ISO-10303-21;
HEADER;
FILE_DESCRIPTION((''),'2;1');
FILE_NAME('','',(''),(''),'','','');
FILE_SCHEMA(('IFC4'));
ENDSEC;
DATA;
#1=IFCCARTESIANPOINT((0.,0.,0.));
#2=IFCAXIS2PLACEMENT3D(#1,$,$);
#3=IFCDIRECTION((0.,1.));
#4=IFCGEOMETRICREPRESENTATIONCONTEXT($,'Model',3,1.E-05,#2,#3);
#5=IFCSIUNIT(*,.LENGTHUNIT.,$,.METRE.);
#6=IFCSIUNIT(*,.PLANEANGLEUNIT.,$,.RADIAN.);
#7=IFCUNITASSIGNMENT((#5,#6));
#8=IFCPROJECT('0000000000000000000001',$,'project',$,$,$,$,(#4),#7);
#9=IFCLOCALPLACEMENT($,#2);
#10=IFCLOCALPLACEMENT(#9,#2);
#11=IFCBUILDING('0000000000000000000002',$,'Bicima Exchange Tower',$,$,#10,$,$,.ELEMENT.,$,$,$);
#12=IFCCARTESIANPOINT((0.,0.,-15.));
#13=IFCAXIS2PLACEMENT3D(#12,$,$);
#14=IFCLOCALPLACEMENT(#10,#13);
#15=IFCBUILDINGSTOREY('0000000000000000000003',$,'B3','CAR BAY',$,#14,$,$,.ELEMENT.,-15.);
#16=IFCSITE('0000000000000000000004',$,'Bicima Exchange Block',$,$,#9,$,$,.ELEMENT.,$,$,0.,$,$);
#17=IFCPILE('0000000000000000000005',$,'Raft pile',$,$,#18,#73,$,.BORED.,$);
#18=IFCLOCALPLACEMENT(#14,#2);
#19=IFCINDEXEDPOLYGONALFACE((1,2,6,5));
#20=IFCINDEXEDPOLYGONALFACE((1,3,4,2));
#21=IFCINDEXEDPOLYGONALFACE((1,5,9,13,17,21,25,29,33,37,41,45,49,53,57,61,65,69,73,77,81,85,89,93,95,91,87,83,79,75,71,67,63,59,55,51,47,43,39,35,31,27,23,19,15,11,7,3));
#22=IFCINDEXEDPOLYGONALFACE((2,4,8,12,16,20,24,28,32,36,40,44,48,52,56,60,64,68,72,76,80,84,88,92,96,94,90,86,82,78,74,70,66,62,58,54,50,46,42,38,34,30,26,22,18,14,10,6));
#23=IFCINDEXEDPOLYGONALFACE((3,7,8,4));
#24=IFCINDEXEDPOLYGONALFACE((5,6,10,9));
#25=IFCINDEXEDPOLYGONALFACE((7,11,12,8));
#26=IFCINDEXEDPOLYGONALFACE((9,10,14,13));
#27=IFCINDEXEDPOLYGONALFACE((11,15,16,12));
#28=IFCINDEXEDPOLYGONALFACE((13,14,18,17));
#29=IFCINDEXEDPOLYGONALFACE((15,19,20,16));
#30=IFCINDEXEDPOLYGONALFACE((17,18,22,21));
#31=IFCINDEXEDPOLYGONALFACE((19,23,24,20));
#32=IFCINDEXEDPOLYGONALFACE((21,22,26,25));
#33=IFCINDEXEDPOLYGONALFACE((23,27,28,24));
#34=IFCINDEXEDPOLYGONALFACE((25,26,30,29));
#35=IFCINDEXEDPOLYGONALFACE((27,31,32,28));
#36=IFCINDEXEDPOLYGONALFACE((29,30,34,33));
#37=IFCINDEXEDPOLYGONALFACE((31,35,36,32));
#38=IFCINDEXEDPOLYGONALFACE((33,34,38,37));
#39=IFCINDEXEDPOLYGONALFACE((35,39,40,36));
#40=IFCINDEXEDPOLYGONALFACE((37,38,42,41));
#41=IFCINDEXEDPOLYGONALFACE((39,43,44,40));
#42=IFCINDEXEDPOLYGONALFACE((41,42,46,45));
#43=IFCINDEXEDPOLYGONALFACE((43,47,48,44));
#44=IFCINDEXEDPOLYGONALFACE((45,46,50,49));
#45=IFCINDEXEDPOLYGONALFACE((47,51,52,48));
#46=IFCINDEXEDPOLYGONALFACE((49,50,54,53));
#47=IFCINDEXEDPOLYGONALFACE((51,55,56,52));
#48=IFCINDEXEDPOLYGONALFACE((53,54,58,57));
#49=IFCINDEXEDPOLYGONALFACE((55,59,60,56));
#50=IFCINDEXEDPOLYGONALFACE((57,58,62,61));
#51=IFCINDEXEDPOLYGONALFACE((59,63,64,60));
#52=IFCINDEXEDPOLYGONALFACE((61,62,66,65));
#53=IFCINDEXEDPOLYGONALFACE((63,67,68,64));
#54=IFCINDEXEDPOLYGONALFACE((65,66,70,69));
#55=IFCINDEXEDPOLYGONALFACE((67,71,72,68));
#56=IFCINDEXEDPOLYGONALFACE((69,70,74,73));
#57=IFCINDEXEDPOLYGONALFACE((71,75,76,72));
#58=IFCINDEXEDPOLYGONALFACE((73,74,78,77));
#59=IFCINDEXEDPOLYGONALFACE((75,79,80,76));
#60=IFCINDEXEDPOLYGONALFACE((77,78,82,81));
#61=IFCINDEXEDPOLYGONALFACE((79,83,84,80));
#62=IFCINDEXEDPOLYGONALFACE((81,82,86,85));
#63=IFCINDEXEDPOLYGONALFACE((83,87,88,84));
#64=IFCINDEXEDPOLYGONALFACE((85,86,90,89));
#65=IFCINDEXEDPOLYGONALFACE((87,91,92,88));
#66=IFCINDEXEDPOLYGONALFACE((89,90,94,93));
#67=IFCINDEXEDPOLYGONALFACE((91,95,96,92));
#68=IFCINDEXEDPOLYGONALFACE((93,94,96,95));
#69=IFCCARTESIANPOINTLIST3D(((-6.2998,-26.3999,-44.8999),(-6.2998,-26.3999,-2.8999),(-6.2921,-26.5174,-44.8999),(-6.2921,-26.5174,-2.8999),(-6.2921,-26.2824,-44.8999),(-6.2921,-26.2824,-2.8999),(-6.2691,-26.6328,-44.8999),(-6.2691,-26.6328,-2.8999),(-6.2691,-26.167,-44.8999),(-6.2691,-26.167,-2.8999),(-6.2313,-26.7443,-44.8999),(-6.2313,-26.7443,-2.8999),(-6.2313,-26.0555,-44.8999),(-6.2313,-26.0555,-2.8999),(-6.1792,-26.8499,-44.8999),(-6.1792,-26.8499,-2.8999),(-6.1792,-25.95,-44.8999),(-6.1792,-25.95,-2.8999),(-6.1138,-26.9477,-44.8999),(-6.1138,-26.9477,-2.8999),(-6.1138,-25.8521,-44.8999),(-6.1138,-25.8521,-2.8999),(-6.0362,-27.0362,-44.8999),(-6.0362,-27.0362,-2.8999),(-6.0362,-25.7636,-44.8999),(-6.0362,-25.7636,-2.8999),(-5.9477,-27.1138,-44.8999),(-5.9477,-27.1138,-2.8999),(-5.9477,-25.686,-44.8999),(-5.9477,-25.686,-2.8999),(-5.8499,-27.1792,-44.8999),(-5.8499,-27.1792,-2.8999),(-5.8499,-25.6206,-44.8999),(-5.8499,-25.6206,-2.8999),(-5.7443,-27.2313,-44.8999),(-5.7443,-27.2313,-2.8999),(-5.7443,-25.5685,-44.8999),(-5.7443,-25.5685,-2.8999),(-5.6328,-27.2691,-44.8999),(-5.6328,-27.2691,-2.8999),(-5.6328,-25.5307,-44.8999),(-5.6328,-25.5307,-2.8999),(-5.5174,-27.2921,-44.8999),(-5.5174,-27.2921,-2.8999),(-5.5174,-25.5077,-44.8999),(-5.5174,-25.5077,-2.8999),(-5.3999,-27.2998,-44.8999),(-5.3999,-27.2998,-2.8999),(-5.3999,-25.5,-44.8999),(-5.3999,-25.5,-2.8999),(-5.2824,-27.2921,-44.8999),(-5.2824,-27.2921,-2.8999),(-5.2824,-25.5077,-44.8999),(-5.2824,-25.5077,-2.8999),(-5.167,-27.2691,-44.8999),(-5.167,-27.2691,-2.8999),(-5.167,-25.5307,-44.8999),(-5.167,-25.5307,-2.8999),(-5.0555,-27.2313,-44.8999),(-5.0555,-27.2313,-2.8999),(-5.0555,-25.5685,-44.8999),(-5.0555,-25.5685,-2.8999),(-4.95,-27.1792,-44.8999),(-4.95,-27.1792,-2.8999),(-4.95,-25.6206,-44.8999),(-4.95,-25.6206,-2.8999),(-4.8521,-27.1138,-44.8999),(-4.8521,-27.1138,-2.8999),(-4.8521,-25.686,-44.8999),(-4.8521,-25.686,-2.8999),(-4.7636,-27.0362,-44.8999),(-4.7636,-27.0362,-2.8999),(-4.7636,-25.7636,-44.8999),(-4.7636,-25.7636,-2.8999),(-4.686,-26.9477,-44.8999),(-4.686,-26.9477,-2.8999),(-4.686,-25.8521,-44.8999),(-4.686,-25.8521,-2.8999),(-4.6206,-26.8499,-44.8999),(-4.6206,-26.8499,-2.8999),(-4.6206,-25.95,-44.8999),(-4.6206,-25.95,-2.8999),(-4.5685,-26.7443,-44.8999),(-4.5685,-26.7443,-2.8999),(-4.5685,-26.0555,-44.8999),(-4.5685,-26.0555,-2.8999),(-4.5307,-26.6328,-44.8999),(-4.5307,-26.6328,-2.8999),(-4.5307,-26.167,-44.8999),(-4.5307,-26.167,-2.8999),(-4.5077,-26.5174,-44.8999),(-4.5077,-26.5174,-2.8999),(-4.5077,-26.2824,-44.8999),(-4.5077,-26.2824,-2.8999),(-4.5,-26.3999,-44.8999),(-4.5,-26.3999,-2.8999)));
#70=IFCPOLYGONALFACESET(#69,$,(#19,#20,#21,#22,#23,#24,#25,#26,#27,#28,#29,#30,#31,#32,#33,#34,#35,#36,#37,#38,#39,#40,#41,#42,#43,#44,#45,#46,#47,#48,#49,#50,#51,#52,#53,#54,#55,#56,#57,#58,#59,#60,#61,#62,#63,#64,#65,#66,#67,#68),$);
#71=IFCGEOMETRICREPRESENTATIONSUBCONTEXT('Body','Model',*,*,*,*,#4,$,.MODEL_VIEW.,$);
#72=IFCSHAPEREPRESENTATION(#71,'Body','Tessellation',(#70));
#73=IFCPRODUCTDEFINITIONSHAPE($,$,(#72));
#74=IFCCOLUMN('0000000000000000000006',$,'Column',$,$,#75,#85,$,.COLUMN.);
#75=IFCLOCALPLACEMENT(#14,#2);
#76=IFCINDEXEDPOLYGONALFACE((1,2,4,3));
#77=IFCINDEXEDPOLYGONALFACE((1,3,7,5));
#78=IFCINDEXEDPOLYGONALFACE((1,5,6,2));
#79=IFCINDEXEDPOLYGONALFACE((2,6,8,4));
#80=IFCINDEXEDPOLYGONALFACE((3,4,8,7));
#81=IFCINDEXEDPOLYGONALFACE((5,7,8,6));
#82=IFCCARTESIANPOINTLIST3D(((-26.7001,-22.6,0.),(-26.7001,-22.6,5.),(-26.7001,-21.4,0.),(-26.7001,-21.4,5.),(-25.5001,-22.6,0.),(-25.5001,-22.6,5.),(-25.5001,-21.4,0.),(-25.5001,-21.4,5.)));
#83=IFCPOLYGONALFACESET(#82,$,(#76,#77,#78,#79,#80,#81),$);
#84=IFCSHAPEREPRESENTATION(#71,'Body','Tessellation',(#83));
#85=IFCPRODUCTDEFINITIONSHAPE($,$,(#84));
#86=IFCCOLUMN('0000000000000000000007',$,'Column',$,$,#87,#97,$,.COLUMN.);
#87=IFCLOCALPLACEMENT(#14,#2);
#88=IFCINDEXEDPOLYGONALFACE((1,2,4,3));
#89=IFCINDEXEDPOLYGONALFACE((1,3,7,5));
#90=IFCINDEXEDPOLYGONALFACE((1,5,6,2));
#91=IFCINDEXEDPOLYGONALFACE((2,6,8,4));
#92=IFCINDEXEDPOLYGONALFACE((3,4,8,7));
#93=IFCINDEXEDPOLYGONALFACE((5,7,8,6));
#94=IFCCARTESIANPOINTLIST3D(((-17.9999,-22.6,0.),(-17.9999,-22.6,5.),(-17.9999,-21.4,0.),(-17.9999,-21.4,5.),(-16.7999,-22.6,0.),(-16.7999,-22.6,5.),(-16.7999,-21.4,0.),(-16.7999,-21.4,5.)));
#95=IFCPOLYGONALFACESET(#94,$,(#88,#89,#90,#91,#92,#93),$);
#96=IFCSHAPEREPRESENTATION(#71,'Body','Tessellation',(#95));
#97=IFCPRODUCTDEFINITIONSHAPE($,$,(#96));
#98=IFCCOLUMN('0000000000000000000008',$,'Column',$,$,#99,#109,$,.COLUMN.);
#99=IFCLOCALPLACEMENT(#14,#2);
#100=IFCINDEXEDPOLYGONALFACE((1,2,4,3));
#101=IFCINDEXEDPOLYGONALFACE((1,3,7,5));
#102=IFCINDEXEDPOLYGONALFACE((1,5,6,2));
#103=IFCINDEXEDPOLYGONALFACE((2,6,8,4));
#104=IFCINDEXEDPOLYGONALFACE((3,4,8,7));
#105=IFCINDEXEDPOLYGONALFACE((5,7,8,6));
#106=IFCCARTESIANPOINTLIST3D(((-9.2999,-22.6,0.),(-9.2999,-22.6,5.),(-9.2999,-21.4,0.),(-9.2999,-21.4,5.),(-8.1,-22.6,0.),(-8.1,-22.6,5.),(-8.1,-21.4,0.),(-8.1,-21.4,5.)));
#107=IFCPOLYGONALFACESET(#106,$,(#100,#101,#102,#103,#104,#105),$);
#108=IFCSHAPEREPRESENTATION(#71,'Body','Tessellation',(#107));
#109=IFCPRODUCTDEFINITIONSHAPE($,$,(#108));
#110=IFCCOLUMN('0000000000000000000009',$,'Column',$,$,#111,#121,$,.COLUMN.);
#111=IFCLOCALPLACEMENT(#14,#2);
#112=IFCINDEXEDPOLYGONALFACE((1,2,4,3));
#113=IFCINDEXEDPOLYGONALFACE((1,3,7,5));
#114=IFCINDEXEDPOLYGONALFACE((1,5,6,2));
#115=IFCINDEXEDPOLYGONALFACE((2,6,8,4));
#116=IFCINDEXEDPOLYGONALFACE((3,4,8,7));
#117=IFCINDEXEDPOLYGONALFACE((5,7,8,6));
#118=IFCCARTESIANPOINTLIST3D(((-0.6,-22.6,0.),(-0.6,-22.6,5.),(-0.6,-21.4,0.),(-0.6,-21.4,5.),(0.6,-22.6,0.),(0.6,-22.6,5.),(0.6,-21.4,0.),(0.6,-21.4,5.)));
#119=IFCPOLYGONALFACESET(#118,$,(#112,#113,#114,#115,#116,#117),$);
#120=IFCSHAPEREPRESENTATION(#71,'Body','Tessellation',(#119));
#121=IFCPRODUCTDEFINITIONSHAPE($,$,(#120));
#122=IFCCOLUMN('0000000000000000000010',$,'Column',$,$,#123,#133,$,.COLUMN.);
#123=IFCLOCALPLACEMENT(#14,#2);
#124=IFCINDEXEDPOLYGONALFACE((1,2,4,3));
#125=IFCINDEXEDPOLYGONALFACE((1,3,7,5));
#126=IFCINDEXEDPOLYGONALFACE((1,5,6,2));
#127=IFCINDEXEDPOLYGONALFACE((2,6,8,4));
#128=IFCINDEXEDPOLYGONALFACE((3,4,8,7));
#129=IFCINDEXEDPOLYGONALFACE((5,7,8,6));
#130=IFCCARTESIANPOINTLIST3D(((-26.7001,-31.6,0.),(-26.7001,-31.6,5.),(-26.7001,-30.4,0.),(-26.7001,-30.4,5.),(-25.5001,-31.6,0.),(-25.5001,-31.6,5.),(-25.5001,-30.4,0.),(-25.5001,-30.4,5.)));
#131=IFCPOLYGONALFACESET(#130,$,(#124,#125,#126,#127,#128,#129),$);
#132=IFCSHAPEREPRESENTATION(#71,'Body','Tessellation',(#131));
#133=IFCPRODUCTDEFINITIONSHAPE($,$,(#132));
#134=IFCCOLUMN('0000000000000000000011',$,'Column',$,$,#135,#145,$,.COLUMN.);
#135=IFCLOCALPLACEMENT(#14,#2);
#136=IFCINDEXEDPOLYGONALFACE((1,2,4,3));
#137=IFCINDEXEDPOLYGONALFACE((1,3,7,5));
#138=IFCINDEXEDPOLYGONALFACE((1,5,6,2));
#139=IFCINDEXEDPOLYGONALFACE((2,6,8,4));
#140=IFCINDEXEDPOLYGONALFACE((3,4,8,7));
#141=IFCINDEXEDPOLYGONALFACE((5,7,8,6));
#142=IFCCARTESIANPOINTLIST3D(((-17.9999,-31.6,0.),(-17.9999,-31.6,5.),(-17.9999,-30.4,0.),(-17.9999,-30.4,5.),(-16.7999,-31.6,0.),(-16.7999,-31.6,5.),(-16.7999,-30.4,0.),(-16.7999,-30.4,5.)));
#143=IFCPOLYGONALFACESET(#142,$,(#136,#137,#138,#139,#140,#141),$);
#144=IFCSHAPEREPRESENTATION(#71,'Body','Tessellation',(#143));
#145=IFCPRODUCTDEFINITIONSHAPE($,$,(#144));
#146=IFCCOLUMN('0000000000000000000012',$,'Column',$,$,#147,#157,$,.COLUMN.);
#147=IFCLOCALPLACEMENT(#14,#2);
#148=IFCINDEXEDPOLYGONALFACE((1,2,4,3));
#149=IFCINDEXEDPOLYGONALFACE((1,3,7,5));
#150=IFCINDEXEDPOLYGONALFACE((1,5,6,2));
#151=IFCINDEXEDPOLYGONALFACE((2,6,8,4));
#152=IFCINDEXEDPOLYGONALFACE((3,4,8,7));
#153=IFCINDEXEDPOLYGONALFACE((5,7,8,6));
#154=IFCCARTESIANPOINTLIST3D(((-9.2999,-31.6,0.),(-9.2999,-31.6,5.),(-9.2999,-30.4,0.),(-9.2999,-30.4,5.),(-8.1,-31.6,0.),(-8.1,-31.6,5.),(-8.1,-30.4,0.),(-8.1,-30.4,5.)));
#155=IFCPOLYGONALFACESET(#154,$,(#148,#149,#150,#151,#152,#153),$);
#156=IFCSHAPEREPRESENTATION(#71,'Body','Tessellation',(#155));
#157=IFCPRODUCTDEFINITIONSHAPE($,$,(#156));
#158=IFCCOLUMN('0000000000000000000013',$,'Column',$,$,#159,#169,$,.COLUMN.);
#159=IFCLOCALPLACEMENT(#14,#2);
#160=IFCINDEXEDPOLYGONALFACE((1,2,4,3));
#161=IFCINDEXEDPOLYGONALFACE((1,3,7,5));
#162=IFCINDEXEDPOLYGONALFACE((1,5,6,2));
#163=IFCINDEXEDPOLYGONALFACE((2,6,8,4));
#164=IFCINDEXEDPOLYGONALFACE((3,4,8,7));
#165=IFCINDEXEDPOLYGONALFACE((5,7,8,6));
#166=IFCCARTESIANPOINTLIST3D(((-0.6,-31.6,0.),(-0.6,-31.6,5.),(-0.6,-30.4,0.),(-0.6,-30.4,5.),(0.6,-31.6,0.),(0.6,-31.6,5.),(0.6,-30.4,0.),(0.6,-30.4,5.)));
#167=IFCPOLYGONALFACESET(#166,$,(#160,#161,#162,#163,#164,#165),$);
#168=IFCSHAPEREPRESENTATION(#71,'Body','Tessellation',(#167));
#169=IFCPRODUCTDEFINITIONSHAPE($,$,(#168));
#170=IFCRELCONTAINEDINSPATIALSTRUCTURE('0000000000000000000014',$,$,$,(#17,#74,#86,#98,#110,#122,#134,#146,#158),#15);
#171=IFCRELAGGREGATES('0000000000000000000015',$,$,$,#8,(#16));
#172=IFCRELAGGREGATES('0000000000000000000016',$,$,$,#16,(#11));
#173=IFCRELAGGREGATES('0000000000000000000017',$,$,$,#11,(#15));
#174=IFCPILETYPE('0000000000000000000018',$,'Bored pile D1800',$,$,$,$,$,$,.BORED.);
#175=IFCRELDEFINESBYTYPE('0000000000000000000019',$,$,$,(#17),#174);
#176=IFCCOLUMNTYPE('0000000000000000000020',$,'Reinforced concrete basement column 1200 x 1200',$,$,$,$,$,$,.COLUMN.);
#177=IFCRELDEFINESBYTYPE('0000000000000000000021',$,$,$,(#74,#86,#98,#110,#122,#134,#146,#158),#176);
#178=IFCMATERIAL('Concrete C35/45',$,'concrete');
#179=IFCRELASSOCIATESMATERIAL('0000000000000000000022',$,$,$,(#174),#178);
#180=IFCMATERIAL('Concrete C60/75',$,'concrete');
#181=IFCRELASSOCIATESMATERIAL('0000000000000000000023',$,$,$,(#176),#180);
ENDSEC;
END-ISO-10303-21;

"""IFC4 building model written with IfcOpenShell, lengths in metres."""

from ifc_helpers import new_model, si_unit, direction, frame, origin, origin_2d, place, context, subcontext, project, spatial, rectangle, circle, extrude, material, material_profile, profile_set, type_object, element, save


model = new_model("IFC4")

# Units and contexts
model_context = context("Model", 3, precision=1e-05, world=origin(), true_north=direction((0.0, 1.0)))
body_context = subcontext(model_context, "Body", "Model", "MODEL_VIEW")
ifc_project = project(units=[si_unit("LENGTHUNIT", "METRE"), si_unit("PLANEANGLEUNIT", "RADIAN")], contexts=[model_context])

# Site, building, storey
site_placement = place(None, origin())
site = spatial("IfcSite", under=ifc_project, at=site_placement, Name="Bicima Exchange Block", CompositionType="ELEMENT", RefElevation=0.0)
building_placement = place(site_placement, origin())
building = spatial("IfcBuilding", under=site, at=building_placement, Name="Bicima Exchange Tower", CompositionType="ELEMENT")
storey_placement = place(building_placement, frame((0.0, 0.0, -15.0)))
storey = spatial("IfcBuildingStorey", under=building, at=storey_placement, Name="B3", Description="CAR BAY", CompositionType="ELEMENT", Elevation=-15.0)

# Pile
ifc_material_1 = material(Name="Concrete C35/45", Category="concrete")
ifc_material_profile_1 = material_profile(ifc_material_1, circle(Radius=0.8999, at=origin_2d()))
ifc_profile_set_1 = profile_set([ifc_material_profile_1], Name="Concrete C35/45")
pile_type = type_object("IfcPileType", Name="Bored pile D1800", PredefinedType="BORED", material=ifc_profile_set_1)
for number, where, z_axis, x_axis, name in (
    (1, (-5.3999, -26.3999, -2.8999), (0.0, 0.0, -1.0), (1.0, 0.0, 0.0), "Raft pile"),
):
    element("IfcPile", number, at=place(storey_placement, frame(where, z_axis=z_axis, x_axis=x_axis)), inside=storey, type_object=pile_type, Name=name, PredefinedType="BORED", context=body_context, shape_type="SweptSolid", body=[
        extrude(circle(Radius=0.8999, at=origin_2d()), origin(), (0.0, 0.0, 1.0), 42.0),
    ])

# Columns
ifc_material_2 = material(Name="Concrete C60/75", Category="concrete")
ifc_material_profile_2 = material_profile(ifc_material_2, rectangle(XDim=1.2, YDim=1.2, at=origin_2d()))
ifc_profile_set_2 = profile_set([ifc_material_profile_2], Name="Concrete C60/75")
column_type = type_object("IfcColumnType", Name="Reinforced concrete basement column 1200 x 1200", PredefinedType="COLUMN", material=ifc_profile_set_2)
for number, where, z_axis, x_axis, name in (
    (2, (-26.1001, -22.0, 0.0), (0.0, 0.0, 1.0), (1.0, 0.0, 0.0), "Column"),
    (3, (-17.3999, -22.0, 0.0), (0.0, 0.0, 1.0), (1.0, 0.0, 0.0), "Column"),
    (4, (-8.7, -22.0, 0.0), (0.0, 0.0, 1.0), (1.0, 0.0, 0.0), "Column"),
    (5, (0.0, -22.0, 0.0), (0.0, 0.0, 1.0), (1.0, 0.0, 0.0), "Column"),
    (6, (-26.1001, -31.0, 0.0), (0.0, 0.0, 1.0), (1.0, 0.0, 0.0), "Column"),
    (7, (-17.3999, -31.0, 0.0), (0.0, 0.0, 1.0), (1.0, 0.0, 0.0), "Column"),
    (8, (-8.7, -31.0, 0.0), (0.0, 0.0, 1.0), (1.0, 0.0, 0.0), "Column"),
    (9, (0.0, -31.0, 0.0), (0.0, 0.0, 1.0), (1.0, 0.0, 0.0), "Column"),
):
    element("IfcColumn", number, at=place(storey_placement, frame(where, z_axis=z_axis, x_axis=x_axis)), inside=storey, type_object=column_type, Name=name, PredefinedType="COLUMN", context=body_context, shape_type="SweptSolid", body=[
        extrude(rectangle(XDim=1.2, YDim=1.2, at=origin_2d()), origin(), (0.0, 0.0, 1.0), 5.0),
    ])

save(model, "model.ifc")
